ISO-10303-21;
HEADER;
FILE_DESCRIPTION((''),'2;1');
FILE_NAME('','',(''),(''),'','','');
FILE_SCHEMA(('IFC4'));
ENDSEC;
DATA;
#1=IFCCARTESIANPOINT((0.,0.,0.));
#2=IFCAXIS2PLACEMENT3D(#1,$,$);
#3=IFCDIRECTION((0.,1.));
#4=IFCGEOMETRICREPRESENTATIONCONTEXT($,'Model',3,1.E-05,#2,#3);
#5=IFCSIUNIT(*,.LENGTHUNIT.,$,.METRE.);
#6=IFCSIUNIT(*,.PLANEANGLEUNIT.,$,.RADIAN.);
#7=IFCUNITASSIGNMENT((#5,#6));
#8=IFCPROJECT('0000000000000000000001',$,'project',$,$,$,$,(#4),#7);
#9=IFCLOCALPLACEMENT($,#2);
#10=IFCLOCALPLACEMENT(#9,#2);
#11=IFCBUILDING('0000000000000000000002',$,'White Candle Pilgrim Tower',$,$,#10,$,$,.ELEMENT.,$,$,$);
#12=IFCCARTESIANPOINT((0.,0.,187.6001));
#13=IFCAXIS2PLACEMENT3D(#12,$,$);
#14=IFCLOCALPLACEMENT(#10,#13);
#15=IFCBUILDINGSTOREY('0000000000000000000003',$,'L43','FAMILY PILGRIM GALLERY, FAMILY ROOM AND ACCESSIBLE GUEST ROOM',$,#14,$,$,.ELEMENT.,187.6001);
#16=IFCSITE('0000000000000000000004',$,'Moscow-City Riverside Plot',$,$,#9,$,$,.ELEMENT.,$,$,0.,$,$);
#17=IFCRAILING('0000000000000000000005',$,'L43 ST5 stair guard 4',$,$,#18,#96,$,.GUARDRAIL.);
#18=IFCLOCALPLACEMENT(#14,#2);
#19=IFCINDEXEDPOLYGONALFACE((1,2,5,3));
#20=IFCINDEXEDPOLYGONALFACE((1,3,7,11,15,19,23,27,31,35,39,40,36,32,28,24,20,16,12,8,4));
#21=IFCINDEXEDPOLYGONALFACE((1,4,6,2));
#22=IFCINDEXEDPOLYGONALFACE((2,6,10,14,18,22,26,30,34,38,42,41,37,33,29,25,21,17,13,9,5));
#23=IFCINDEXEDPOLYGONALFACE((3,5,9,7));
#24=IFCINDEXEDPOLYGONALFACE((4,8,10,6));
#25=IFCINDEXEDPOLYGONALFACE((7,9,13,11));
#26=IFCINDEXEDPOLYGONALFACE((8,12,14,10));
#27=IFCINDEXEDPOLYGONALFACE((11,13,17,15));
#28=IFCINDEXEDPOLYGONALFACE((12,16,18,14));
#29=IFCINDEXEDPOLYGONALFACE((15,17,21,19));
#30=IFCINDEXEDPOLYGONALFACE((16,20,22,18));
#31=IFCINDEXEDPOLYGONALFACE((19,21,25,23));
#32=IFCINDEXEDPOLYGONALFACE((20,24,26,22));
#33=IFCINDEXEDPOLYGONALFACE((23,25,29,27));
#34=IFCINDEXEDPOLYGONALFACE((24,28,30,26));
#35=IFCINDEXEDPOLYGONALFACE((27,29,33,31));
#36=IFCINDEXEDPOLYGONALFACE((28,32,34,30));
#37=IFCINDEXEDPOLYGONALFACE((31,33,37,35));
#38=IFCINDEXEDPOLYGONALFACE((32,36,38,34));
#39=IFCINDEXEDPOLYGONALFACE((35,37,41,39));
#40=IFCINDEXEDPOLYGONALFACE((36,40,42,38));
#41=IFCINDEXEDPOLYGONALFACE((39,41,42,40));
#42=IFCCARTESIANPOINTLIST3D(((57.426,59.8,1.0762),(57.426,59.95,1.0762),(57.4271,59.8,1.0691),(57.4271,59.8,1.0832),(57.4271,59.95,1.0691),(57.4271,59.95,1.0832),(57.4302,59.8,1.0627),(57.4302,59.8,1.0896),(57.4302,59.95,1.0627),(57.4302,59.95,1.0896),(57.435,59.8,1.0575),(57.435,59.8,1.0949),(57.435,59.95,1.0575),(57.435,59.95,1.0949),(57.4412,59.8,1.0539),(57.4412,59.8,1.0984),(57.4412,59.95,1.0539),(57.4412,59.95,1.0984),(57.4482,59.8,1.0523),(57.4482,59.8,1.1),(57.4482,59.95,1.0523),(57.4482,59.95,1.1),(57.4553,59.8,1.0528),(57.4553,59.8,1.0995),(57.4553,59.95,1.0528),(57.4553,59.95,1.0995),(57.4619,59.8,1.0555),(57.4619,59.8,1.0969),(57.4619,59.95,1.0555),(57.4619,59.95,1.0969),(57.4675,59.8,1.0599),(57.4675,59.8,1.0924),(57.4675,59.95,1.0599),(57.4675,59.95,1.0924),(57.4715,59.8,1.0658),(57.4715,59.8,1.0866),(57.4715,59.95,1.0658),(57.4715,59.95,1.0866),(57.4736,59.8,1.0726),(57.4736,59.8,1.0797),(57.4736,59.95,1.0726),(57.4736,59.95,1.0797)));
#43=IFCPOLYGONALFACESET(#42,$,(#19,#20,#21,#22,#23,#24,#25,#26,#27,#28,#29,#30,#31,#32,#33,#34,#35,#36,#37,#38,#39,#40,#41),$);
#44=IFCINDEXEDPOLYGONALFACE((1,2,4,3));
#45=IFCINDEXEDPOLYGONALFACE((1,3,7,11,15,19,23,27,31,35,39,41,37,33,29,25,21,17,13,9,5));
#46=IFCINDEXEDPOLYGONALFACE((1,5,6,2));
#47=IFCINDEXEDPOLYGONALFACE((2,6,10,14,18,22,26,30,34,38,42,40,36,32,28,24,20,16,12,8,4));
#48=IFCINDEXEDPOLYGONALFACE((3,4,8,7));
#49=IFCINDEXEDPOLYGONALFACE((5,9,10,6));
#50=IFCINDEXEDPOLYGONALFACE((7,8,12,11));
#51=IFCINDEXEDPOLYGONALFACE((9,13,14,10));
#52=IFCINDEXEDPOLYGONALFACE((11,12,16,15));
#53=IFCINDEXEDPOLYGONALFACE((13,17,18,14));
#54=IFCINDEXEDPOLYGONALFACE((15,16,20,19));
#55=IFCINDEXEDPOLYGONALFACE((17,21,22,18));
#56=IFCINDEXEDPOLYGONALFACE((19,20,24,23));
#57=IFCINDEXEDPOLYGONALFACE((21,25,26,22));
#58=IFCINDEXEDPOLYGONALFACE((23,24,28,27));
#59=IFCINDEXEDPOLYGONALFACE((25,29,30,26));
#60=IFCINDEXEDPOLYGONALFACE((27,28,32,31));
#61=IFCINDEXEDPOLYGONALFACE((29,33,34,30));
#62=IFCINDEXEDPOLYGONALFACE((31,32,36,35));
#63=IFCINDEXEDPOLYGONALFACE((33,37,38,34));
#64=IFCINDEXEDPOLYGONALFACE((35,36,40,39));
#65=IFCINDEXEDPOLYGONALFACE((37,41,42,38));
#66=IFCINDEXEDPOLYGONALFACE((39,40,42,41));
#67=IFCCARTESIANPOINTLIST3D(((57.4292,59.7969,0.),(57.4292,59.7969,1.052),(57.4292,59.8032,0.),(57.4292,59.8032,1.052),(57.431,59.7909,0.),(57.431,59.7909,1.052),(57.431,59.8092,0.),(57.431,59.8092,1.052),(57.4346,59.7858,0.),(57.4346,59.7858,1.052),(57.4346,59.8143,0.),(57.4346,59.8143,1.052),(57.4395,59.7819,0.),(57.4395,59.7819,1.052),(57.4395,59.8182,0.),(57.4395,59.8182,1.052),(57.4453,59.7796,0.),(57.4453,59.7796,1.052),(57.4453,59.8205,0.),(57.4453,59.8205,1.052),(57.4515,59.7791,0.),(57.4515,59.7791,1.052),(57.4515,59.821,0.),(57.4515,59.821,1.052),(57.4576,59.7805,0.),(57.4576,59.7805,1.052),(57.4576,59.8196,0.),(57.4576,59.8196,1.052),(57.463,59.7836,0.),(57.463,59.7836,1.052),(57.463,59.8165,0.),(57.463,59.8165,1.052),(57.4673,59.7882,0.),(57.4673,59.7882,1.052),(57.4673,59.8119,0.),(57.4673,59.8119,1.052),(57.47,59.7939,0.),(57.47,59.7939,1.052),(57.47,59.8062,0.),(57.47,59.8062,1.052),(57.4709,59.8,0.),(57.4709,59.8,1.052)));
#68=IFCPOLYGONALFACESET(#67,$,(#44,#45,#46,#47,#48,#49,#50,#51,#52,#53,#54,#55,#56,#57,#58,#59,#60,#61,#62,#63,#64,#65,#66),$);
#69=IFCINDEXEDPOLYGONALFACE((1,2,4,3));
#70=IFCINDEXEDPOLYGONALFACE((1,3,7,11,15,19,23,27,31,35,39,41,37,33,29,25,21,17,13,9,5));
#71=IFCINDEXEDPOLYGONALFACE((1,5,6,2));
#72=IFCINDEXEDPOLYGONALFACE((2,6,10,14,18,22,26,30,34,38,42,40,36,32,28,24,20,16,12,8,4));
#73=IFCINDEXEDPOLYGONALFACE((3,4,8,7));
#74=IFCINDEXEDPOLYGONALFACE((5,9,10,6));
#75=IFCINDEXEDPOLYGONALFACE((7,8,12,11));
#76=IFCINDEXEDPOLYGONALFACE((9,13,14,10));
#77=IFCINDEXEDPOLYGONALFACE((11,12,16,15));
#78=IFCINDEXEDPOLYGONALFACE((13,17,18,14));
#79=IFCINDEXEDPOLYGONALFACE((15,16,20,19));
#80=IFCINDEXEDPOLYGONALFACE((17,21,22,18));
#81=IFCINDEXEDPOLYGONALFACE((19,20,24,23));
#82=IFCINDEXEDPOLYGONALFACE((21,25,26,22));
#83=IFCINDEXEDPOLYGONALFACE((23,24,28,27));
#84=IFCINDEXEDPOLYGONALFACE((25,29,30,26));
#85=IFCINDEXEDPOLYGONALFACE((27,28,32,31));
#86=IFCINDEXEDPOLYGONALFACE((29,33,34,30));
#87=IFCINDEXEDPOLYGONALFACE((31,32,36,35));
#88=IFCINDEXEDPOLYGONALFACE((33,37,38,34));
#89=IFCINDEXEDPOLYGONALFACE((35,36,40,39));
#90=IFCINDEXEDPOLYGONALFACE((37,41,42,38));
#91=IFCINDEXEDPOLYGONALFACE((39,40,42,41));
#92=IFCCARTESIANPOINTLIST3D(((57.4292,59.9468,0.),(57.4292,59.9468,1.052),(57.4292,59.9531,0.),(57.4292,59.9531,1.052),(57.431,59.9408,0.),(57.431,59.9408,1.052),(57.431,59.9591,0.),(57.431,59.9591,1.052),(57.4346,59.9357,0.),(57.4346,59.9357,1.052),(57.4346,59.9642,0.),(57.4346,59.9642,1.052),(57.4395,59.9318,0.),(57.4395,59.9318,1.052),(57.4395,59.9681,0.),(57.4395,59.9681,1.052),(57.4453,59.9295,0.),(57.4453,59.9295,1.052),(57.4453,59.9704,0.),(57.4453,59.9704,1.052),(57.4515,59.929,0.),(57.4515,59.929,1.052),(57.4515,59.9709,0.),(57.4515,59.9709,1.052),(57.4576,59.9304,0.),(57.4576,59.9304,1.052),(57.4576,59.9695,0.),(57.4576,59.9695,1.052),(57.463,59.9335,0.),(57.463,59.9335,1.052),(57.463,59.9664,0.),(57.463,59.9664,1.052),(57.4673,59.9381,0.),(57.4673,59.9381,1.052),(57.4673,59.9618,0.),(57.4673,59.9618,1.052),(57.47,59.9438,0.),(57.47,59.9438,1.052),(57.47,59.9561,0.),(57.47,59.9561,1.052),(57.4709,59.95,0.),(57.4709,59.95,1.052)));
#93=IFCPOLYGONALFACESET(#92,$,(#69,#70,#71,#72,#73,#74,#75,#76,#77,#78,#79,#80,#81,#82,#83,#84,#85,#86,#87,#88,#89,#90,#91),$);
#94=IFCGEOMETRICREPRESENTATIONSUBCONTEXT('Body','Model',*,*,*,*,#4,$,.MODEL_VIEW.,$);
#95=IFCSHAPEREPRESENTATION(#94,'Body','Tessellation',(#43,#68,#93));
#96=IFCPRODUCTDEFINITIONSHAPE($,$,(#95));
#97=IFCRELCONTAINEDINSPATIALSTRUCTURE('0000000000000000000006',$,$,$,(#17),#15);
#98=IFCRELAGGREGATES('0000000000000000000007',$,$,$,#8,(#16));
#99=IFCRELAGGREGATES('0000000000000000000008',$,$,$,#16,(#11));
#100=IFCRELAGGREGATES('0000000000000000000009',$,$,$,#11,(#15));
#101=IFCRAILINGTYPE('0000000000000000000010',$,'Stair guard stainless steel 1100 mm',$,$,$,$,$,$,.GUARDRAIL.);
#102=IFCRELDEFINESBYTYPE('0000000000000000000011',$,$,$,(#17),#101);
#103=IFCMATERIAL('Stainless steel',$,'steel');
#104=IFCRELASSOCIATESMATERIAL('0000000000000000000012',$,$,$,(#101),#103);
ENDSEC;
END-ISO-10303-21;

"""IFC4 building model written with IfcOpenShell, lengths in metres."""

from ifc_helpers import new_model, si_unit, direction, frame, origin, origin_2d, place, context, subcontext, project, spatial, circle, extrude, material, type_object, element, save


model = new_model("IFC4")

# Units and contexts
model_context = context("Model", 3, precision=1e-05, world=origin(), true_north=direction((0.0, 1.0)))
body_context = subcontext(model_context, "Body", "Model", "MODEL_VIEW")
ifc_project = project(units=[si_unit("LENGTHUNIT", "METRE"), si_unit("PLANEANGLEUNIT", "RADIAN")], contexts=[model_context])

# Site, building, storey
site_placement = place(None, origin())
site = spatial("IfcSite", under=ifc_project, at=site_placement, Name="Moscow-City Riverside Plot", CompositionType="ELEMENT", RefElevation=0.0)
building_placement = place(site_placement, origin())
building = spatial("IfcBuilding", under=site, at=building_placement, Name="White Candle Pilgrim Tower", CompositionType="ELEMENT")
storey_placement = place(building_placement, frame((0.0, 0.0, 187.6001)))
storey = spatial("IfcBuildingStorey", under=building, at=storey_placement, Name="L43", Description="FAMILY PILGRIM GALLERY, FAMILY ROOM AND ACCESSIBLE GUEST ROOM", CompositionType="ELEMENT", Elevation=187.6001)

# Railing
ifc_material_1 = material(Name="Stainless steel", Category="steel")
railing_type_1 = type_object("IfcRailingType", Name="Stair guard stainless steel 1100 mm", PredefinedType="GUARDRAIL", material=ifc_material_1)
railing_1_placement = place(storey_placement, frame((57.45, 59.8, 0.0)))
element("IfcRailing", 1, at=railing_1_placement, inside=storey, type_object=railing_type_1, Name="L43 ST5 stair guard 4", PredefinedType="GUARDRAIL", context=body_context, shape_type="SweptSolid", body=[
    extrude(circle(Radius=0.0239, at=origin_2d()), frame((0.0, 0.0, 1.0762), z_axis=(0.0, 1.0, 0.0), x_axis=(-1.0, 0.0, 0.0)), (0.0, 0.0, 1.0), 0.1499),
    extrude(circle(Radius=0.021, at=origin_2d()), origin(), (0.0, 0.0, 1.0), 1.052),
    extrude(circle(Radius=0.021, at=origin_2d()), frame((0.0, 0.1499, 0.0)), (0.0, 0.0, 1.0), 1.052),
])

save(model, "model.ifc")
